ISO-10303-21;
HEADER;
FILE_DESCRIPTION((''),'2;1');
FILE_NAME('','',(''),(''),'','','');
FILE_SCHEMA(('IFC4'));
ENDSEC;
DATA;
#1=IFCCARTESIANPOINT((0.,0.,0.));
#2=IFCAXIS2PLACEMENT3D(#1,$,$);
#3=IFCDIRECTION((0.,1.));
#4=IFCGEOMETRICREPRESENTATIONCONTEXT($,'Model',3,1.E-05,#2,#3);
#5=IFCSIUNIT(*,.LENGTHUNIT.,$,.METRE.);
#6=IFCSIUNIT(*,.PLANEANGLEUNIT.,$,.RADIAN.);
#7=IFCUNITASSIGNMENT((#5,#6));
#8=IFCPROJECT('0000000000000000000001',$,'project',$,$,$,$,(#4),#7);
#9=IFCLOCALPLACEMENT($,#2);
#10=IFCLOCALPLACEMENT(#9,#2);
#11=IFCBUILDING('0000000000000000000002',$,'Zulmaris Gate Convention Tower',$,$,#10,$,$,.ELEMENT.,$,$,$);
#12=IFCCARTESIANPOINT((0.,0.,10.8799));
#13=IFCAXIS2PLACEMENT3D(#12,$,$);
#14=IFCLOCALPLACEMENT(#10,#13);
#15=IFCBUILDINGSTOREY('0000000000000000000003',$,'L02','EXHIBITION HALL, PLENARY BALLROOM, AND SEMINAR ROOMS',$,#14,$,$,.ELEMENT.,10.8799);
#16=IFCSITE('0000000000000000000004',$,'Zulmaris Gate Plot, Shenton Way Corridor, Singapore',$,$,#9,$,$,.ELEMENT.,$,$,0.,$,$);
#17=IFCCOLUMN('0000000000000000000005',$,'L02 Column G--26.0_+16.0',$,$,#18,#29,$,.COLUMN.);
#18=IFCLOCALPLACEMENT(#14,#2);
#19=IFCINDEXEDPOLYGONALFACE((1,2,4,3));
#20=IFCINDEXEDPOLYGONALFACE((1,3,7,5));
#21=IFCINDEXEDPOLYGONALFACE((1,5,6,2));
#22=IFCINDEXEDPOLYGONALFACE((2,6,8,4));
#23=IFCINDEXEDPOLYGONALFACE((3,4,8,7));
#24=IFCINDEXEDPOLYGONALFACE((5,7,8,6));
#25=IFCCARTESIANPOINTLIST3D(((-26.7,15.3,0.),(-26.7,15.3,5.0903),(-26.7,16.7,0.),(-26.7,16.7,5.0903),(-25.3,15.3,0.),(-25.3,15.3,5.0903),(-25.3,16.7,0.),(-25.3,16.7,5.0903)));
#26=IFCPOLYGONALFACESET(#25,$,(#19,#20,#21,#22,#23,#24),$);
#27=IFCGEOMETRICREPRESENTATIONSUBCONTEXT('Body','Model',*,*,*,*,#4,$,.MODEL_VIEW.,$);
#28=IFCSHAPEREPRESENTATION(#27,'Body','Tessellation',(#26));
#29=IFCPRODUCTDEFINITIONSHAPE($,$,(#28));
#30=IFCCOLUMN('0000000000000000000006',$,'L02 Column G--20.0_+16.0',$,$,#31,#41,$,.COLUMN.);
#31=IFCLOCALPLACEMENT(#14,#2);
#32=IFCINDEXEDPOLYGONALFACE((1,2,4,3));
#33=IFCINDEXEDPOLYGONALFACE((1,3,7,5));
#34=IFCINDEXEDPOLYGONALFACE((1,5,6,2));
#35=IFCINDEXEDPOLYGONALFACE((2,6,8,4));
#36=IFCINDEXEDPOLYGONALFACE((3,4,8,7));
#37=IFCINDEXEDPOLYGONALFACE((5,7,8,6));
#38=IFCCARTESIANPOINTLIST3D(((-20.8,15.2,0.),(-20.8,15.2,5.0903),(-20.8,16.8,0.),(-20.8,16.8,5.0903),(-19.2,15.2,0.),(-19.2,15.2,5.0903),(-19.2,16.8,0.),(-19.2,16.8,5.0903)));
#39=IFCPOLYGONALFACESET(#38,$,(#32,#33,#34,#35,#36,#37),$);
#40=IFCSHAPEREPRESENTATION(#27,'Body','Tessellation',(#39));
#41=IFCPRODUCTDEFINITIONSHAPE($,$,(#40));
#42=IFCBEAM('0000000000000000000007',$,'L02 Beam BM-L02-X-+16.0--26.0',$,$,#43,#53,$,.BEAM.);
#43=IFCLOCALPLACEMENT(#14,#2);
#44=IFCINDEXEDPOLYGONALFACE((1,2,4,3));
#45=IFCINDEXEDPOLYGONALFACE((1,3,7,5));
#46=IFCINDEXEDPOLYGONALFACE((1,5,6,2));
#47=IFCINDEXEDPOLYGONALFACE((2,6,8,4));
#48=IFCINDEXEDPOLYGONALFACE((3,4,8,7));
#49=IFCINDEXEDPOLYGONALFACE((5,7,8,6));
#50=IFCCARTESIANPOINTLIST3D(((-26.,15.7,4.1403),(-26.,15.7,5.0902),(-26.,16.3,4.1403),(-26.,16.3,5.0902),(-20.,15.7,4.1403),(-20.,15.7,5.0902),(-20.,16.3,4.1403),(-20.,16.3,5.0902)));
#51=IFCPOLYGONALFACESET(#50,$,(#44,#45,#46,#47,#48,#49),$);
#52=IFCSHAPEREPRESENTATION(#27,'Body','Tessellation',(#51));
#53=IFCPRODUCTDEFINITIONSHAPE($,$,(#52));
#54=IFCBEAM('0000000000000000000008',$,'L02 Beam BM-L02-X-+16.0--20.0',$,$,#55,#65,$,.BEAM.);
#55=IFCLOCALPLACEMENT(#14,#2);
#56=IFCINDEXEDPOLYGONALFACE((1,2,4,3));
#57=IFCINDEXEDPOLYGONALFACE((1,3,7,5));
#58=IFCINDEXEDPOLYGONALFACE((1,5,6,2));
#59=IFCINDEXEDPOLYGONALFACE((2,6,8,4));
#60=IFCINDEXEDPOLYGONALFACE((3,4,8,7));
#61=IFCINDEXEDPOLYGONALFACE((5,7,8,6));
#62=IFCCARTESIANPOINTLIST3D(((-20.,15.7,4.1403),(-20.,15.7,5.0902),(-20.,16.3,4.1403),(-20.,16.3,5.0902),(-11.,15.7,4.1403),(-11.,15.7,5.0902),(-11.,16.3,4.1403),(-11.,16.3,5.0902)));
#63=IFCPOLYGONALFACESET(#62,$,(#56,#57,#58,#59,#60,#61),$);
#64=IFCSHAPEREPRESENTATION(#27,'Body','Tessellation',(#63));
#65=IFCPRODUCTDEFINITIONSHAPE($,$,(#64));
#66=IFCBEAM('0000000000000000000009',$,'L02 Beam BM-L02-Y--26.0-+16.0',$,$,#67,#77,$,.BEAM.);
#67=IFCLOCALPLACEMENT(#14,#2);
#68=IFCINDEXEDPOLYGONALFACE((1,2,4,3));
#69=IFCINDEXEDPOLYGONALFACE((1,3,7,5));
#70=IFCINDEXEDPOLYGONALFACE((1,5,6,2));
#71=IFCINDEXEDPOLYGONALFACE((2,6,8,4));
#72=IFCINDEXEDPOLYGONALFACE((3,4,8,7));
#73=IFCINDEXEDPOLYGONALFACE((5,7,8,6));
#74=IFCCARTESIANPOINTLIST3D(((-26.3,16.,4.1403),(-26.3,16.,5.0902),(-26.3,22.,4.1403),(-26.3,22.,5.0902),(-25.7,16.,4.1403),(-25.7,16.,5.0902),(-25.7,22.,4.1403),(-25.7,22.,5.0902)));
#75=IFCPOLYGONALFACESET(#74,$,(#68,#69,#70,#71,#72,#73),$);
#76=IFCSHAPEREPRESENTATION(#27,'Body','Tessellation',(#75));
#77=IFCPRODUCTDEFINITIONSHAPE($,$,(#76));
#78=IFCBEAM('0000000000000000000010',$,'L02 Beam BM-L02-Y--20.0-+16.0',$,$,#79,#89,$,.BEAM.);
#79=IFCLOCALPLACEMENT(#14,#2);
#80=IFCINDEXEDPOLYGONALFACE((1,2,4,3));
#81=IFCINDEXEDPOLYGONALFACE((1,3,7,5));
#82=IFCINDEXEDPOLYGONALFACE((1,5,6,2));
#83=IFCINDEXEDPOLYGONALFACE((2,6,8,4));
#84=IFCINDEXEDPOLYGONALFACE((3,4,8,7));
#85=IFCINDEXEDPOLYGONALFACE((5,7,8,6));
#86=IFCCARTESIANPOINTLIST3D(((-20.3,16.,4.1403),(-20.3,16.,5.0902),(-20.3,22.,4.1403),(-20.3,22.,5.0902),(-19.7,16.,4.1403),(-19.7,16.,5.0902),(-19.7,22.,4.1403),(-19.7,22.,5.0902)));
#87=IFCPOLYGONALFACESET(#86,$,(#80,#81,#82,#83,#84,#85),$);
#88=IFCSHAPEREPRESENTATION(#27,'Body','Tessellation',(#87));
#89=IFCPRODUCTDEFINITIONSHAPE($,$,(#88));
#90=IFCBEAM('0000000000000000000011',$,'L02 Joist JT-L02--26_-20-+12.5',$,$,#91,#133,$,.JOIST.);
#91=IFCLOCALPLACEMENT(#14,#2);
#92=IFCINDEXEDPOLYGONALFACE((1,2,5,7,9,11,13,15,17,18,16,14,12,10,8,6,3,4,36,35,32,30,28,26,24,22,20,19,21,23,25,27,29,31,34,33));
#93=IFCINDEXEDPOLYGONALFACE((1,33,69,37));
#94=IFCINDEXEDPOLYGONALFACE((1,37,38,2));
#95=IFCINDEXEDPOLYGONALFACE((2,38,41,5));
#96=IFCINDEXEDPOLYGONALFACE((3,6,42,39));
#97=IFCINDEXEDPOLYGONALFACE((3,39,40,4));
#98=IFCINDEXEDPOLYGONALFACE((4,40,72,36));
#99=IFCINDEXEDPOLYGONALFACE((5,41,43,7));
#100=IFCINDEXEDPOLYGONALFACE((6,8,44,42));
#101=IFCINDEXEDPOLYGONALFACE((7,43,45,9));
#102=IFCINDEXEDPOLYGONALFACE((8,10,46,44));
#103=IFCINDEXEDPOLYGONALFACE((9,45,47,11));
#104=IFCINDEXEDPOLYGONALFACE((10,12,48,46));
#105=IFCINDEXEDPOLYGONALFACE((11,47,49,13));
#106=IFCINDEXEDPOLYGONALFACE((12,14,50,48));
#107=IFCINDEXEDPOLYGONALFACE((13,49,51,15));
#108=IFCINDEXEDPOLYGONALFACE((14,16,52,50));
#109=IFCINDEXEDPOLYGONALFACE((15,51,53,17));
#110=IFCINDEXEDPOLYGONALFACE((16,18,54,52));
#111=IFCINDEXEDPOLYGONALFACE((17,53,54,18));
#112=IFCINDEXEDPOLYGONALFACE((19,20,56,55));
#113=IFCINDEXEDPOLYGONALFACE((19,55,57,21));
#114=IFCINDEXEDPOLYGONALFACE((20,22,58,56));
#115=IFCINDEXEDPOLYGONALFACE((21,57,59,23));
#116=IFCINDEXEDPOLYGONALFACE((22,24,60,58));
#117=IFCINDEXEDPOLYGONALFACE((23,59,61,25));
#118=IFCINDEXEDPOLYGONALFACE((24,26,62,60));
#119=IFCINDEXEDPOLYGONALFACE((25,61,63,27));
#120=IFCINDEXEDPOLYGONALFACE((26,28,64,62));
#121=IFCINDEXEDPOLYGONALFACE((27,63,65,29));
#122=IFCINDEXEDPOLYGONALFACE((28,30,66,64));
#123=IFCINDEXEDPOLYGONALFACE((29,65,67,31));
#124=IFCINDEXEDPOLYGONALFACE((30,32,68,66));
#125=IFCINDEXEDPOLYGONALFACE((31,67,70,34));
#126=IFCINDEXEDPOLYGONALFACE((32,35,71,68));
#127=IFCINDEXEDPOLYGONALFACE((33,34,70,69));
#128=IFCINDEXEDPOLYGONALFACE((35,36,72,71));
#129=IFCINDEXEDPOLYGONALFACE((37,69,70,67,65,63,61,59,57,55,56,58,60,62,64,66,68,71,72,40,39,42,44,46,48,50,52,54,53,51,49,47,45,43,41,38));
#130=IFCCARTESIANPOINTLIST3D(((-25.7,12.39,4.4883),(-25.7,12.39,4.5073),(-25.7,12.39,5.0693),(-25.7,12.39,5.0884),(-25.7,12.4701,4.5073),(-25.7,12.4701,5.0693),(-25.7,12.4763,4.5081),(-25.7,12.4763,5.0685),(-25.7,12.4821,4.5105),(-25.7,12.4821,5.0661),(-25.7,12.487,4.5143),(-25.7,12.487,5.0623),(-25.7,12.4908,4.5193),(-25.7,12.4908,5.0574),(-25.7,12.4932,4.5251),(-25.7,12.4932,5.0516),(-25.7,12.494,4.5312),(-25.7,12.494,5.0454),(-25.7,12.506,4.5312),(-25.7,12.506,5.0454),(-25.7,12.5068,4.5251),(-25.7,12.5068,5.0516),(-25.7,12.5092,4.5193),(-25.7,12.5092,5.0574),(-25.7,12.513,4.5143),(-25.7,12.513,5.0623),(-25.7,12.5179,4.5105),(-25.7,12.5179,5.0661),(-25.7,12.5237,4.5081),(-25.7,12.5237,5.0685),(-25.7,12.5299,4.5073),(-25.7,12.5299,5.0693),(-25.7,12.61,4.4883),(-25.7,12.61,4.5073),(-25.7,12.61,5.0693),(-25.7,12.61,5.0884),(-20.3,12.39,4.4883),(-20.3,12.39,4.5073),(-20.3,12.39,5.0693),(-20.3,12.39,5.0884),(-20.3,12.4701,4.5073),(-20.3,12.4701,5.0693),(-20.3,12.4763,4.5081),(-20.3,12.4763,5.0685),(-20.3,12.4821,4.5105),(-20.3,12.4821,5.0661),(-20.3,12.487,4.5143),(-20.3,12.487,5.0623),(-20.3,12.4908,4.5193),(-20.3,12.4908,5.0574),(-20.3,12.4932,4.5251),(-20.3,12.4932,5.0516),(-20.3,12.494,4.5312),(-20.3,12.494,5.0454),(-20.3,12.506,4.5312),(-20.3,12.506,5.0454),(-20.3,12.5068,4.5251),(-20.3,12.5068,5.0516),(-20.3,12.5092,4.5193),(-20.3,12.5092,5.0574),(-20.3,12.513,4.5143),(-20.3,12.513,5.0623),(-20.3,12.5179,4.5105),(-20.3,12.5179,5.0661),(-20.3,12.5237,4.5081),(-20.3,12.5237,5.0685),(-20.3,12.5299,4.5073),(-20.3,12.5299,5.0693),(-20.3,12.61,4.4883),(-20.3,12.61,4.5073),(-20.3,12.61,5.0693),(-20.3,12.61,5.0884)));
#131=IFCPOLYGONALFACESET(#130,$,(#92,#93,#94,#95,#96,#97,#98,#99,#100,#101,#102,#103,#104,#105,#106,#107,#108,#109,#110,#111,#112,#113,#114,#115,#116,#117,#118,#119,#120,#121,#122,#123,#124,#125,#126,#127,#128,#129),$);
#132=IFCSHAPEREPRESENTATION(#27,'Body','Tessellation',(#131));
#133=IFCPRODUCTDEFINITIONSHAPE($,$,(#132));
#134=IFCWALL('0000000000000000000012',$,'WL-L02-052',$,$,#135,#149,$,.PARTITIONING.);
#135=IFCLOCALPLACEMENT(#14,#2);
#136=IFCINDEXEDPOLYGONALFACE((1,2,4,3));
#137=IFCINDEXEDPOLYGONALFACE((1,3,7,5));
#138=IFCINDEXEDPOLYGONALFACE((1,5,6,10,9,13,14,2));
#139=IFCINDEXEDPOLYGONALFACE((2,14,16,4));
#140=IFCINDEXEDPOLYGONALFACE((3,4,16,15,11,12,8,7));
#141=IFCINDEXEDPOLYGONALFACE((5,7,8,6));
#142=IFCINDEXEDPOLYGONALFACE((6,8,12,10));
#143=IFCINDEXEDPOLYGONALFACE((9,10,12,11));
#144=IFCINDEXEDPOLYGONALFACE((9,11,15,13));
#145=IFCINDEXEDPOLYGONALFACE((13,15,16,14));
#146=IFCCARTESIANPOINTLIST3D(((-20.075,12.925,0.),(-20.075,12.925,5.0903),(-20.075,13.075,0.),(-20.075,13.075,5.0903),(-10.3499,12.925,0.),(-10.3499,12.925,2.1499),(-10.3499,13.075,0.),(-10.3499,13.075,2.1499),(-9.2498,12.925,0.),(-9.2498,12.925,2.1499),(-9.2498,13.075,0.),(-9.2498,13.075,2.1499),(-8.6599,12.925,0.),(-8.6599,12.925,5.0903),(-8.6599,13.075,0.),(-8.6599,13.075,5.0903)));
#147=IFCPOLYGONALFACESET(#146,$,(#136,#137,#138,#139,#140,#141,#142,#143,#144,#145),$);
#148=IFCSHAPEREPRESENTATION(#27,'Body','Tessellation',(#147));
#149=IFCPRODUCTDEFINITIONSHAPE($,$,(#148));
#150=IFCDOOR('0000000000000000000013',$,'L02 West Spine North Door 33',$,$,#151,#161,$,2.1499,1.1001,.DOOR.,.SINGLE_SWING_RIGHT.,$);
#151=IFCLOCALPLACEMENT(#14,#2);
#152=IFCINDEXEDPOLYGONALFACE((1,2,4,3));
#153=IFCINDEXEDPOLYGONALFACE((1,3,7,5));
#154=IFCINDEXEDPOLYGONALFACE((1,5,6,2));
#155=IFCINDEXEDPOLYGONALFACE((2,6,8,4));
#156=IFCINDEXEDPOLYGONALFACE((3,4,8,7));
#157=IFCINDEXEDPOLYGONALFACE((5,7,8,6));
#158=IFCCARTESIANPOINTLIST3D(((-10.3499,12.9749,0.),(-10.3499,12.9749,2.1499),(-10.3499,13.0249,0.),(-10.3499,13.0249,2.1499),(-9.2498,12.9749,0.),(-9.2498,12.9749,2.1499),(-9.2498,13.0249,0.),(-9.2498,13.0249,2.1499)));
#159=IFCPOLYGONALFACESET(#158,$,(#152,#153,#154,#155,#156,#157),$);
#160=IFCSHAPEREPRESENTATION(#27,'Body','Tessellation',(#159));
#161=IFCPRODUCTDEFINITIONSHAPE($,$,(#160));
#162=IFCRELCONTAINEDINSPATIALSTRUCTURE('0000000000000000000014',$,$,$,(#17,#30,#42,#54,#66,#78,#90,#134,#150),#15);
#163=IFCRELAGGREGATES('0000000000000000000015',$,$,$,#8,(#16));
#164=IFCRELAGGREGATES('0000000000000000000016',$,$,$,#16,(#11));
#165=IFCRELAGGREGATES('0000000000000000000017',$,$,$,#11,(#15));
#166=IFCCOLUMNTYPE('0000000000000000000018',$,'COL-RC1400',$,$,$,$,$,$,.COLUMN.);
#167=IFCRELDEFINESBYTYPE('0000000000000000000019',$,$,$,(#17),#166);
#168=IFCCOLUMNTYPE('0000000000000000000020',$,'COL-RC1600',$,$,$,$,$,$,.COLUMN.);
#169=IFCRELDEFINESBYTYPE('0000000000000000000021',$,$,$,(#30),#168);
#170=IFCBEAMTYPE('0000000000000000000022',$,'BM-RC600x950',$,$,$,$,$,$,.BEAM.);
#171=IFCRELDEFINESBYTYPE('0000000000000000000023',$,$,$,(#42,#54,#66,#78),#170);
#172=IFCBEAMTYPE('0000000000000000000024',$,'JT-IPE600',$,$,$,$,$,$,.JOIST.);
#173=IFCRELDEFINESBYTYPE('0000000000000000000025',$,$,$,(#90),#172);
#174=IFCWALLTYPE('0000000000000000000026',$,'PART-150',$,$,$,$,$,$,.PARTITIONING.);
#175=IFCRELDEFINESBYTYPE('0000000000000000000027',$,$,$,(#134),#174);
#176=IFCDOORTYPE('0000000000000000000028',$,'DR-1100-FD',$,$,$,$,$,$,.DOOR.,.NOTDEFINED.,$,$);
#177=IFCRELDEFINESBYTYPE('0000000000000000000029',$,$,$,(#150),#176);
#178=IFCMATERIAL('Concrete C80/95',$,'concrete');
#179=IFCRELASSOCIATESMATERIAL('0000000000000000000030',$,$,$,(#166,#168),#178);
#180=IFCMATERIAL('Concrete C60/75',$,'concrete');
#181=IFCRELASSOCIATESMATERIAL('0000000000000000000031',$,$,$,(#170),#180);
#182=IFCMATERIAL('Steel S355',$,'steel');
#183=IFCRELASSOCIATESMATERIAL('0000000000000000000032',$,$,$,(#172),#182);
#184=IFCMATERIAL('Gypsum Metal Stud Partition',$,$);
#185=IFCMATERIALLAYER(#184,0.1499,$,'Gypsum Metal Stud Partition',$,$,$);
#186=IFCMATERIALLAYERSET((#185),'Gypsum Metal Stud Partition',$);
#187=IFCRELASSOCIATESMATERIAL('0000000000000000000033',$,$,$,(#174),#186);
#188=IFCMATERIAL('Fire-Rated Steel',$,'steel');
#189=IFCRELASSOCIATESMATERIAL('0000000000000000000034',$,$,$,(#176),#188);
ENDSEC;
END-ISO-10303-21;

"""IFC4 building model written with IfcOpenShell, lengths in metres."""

from ifc_helpers import new_model, si_unit, direction, frame, frame_2d, origin, origin_2d, place, context, subcontext, project, spatial, rectangle, i_section, extrude, material, layer, layer_set, material_profile, profile_set, type_object, element, fill, save


model = new_model("IFC4")

# Units and contexts
model_context = context("Model", 3, precision=1e-05, world=origin(), true_north=direction((0.0, 1.0)))
body_context = subcontext(model_context, "Body", "Model", "MODEL_VIEW")
ifc_project = project(units=[si_unit("LENGTHUNIT", "METRE"), si_unit("PLANEANGLEUNIT", "RADIAN")], contexts=[model_context])

# Site, building, storey
site_placement = place(None, origin())
site = spatial("IfcSite", under=ifc_project, at=site_placement, Name="Zulmaris Gate Plot, Shenton Way Corridor, Singapore", CompositionType="ELEMENT", RefElevation=0.0)
building_placement = place(site_placement, origin())
building = spatial("IfcBuilding", under=site, at=building_placement, Name="Zulmaris Gate Convention Tower", CompositionType="ELEMENT")
storey_placement = place(building_placement, frame((0.0, 0.0, 10.8799)))
storey = spatial("IfcBuildingStorey", under=building, at=storey_placement, Name="L02", Description="EXHIBITION HALL, PLENARY BALLROOM, AND SEMINAR ROOMS", CompositionType="ELEMENT", Elevation=10.8799)

# Columns
ifc_material_1 = material(Name="Concrete C80/95", Category="concrete")
ifc_material_profile_1 = material_profile(ifc_material_1, rectangle(XDim=1.3999, YDim=1.3999, at=origin_2d()), Name="RC COL 1400x1400")
ifc_profile_set_1 = profile_set([ifc_material_profile_1], Name="Concrete C80/95")
column_type_1 = type_object("IfcColumnType", Name="COL-RC1400", PredefinedType="COLUMN", material=ifc_profile_set_1)
column_1_placement = place(storey_placement, frame((-26.0, 16.0, 0.0), z_axis=(0.0, 0.0, 1.0), x_axis=(1.0, 0.0, 0.0)))
element("IfcColumn", 1, at=column_1_placement, inside=storey, type_object=column_type_1, Name="L02 Column G--26.0_+16.0", PredefinedType="COLUMN", context=body_context, shape_type="SweptSolid", body=[
    extrude(rectangle(XDim=1.3999, YDim=1.3999, at=origin_2d()), origin(), (0.0, 0.0, 1.0), 5.0903),
])
ifc_material_profile_2 = material_profile(ifc_material_1, rectangle(XDim=1.6001, YDim=1.6001, at=origin_2d()), Name="RC COL 1600x1600")
ifc_profile_set_2 = profile_set([ifc_material_profile_2], Name="Concrete C80/95")
column_type_2 = type_object("IfcColumnType", Name="COL-RC1600", PredefinedType="COLUMN", material=ifc_profile_set_2)
column_2_placement = place(storey_placement, frame((-20.0, 16.0, 0.0), z_axis=(0.0, 0.0, 1.0), x_axis=(1.0, 0.0, 0.0)))
element("IfcColumn", 2, at=column_2_placement, inside=storey, type_object=column_type_2, Name="L02 Column G--20.0_+16.0", PredefinedType="COLUMN", context=body_context, shape_type="SweptSolid", body=[
    extrude(rectangle(XDim=1.6001, YDim=1.6001, at=origin_2d()), origin(), (0.0, 0.0, 1.0), 5.0903),
])

# Beams
ifc_material_2 = material(Name="Concrete C60/75", Category="concrete")
ifc_material_profile_3 = material_profile(ifc_material_2, rectangle(XDim=0.6001, YDim=0.95, at=origin_2d()), Name="RC BEAM 600x950")
ifc_profile_set_3 = profile_set([ifc_material_profile_3], Name="Concrete C60/75")
beam_type_1 = type_object("IfcBeamType", Name="BM-RC600x950", PredefinedType="BEAM", material=ifc_profile_set_3)
beam_1_placement = place(storey_placement, frame((-26.0, 16.0, 4.6152), z_axis=(1.0, 0.0, 0.0), x_axis=(0.0, 1.0, 0.0)))
element("IfcBeam", 3, at=beam_1_placement, inside=storey, type_object=beam_type_1, Name="L02 Beam BM-L02-X-+16.0--26.0", PredefinedType="BEAM", context=body_context, shape_type="SweptSolid", body=[
    extrude(rectangle(XDim=0.6001, YDim=0.95, at=origin_2d()), origin(), (0.0, 0.0, 1.0), 6.0),
])
beam_2_placement = place(storey_placement, frame((-20.0, 16.0, 4.6152), z_axis=(1.0, 0.0, 0.0), x_axis=(0.0, 1.0, 0.0)))
element("IfcBeam", 4, at=beam_2_placement, inside=storey, type_object=beam_type_1, Name="L02 Beam BM-L02-X-+16.0--20.0", PredefinedType="BEAM", context=body_context, shape_type="SweptSolid", body=[
    extrude(rectangle(XDim=0.6001, YDim=0.95, at=origin_2d()), origin(), (0.0, 0.0, 1.0), 9.0),
])
for number, where, z_axis, x_axis, name in (
    (5, (-26.0, 16.0, 4.6152), (0.0, 1.0, 0.0), (-1.0, 0.0, 0.0), "L02 Beam BM-L02-Y--26.0-+16.0"),
    (6, (-20.0, 16.0, 4.6152), (0.0, 1.0, 0.0), (-1.0, 0.0, 0.0), "L02 Beam BM-L02-Y--20.0-+16.0"),
):
    element("IfcBeam", number, at=place(storey_placement, frame(where, z_axis=z_axis, x_axis=x_axis)), inside=storey, type_object=beam_type_1, Name=name, PredefinedType="BEAM", context=body_context, shape_type="SweptSolid", body=[
        extrude(rectangle(XDim=0.6001, YDim=0.95, at=origin_2d()), origin(), (0.0, 0.0, 1.0), 6.0),
    ])
ifc_material_3 = material(Name="Steel S355", Category="steel")
ifc_material_profile_4 = material_profile(ifc_material_3, i_section(OverallWidth=0.22, OverallDepth=0.6001, WebThickness=0.012, FlangeThickness=0.019, FilletRadius=0.0239, at=origin_2d()), Name="IPE 600")
ifc_profile_set_4 = profile_set([ifc_material_profile_4], Name="Steel S355")
beam_type_2 = type_object("IfcBeamType", Name="JT-IPE600", PredefinedType="JOIST", material=ifc_profile_set_4)
beam_3_placement = place(storey_placement, frame((-25.7, 12.5, 4.7883), z_axis=(1.0, 0.0, 0.0), x_axis=(0.0, 1.0, 0.0)))
element("IfcBeam", 7, at=beam_3_placement, inside=storey, type_object=beam_type_2, Name="L02 Joist JT-L02--26_-20-+12.5", PredefinedType="JOIST", context=body_context, shape_type="SweptSolid", body=[
    extrude(i_section(OverallWidth=0.22, OverallDepth=0.6001, WebThickness=0.012, FlangeThickness=0.019, FilletRadius=0.0239, at=origin_2d()), origin(), (0.0, 0.0, 1.0), 5.3999),
])

# Wall, opening, door
ifc_material_4 = material(Name="Gypsum Metal Stud Partition")
ifc_layer = layer(ifc_material_4, 0.1499, Name="Gypsum Metal Stud Partition")
ifc_layer_set = layer_set([ifc_layer], Name="Gypsum Metal Stud Partition")
wall_type = type_object("IfcWallType", Name="PART-150", PredefinedType="PARTITIONING", material=ifc_layer_set)
wall_1_placement = place(storey_placement, frame((-20.075, 13.0, 0.0), z_axis=(0.0, 0.0, 1.0), x_axis=(1.0, 0.0, 0.0)))
wall_1 = element("IfcWall", 8, at=wall_1_placement, inside=storey, type_object=wall_type, Name="WL-L02-052", PredefinedType="PARTITIONING", context=body_context, shape_type="SweptSolid", body=[
    extrude(rectangle(XDim=11.415, YDim=0.1499, at=frame_2d((5.7075, 0.0))), origin(), (0.0, 0.0, 1.0), 5.0903),
])
opening_1_placement = place(wall_1_placement, frame((9.7251, 0.0, 0.0)))
opening_1 = element("IfcOpeningElement", 9, at=opening_1_placement, cuts=wall_1, PredefinedType="OPENING", context=body_context, shape_type="SweptSolid", body=[
    extrude(rectangle(XDim=1.1001, YDim=2.1499, at=frame_2d((0.55, 1.075))), frame((0.0, 0.085, 0.0), z_axis=(0.0, -1.0, 0.0), x_axis=(1.0, 0.0, 0.0)), (0.0, 0.0, 1.0), 0.1699),
])
ifc_material_5 = material(Name="Fire-Rated Steel", Category="steel")
door_type_1 = type_object("IfcDoorType", Name="DR-1100-FD", OperationType="NOTDEFINED", PredefinedType="DOOR", material=ifc_material_5)
door_1_placement = place(opening_1_placement, origin())
door_1 = element("IfcDoor", 10, at=door_1_placement, inside=storey, type_object=door_type_1, Name="L02 West Spine North Door 33", OperationType="SINGLE_SWING_RIGHT", OverallHeight=2.1499, OverallWidth=1.1001, PredefinedType="DOOR", context=body_context, shape_type="SweptSolid", body=[
    extrude(rectangle(XDim=1.1001, YDim=2.1499, at=frame_2d((0.55, 1.075))), frame((0.0, 0.0249, 0.0), z_axis=(0.0, -1.0, 0.0), x_axis=(1.0, 0.0, 0.0)), (0.0, 0.0, 1.0), 0.05),
])
fill(opening_1, door_1)

save(model, "model.ifc")
